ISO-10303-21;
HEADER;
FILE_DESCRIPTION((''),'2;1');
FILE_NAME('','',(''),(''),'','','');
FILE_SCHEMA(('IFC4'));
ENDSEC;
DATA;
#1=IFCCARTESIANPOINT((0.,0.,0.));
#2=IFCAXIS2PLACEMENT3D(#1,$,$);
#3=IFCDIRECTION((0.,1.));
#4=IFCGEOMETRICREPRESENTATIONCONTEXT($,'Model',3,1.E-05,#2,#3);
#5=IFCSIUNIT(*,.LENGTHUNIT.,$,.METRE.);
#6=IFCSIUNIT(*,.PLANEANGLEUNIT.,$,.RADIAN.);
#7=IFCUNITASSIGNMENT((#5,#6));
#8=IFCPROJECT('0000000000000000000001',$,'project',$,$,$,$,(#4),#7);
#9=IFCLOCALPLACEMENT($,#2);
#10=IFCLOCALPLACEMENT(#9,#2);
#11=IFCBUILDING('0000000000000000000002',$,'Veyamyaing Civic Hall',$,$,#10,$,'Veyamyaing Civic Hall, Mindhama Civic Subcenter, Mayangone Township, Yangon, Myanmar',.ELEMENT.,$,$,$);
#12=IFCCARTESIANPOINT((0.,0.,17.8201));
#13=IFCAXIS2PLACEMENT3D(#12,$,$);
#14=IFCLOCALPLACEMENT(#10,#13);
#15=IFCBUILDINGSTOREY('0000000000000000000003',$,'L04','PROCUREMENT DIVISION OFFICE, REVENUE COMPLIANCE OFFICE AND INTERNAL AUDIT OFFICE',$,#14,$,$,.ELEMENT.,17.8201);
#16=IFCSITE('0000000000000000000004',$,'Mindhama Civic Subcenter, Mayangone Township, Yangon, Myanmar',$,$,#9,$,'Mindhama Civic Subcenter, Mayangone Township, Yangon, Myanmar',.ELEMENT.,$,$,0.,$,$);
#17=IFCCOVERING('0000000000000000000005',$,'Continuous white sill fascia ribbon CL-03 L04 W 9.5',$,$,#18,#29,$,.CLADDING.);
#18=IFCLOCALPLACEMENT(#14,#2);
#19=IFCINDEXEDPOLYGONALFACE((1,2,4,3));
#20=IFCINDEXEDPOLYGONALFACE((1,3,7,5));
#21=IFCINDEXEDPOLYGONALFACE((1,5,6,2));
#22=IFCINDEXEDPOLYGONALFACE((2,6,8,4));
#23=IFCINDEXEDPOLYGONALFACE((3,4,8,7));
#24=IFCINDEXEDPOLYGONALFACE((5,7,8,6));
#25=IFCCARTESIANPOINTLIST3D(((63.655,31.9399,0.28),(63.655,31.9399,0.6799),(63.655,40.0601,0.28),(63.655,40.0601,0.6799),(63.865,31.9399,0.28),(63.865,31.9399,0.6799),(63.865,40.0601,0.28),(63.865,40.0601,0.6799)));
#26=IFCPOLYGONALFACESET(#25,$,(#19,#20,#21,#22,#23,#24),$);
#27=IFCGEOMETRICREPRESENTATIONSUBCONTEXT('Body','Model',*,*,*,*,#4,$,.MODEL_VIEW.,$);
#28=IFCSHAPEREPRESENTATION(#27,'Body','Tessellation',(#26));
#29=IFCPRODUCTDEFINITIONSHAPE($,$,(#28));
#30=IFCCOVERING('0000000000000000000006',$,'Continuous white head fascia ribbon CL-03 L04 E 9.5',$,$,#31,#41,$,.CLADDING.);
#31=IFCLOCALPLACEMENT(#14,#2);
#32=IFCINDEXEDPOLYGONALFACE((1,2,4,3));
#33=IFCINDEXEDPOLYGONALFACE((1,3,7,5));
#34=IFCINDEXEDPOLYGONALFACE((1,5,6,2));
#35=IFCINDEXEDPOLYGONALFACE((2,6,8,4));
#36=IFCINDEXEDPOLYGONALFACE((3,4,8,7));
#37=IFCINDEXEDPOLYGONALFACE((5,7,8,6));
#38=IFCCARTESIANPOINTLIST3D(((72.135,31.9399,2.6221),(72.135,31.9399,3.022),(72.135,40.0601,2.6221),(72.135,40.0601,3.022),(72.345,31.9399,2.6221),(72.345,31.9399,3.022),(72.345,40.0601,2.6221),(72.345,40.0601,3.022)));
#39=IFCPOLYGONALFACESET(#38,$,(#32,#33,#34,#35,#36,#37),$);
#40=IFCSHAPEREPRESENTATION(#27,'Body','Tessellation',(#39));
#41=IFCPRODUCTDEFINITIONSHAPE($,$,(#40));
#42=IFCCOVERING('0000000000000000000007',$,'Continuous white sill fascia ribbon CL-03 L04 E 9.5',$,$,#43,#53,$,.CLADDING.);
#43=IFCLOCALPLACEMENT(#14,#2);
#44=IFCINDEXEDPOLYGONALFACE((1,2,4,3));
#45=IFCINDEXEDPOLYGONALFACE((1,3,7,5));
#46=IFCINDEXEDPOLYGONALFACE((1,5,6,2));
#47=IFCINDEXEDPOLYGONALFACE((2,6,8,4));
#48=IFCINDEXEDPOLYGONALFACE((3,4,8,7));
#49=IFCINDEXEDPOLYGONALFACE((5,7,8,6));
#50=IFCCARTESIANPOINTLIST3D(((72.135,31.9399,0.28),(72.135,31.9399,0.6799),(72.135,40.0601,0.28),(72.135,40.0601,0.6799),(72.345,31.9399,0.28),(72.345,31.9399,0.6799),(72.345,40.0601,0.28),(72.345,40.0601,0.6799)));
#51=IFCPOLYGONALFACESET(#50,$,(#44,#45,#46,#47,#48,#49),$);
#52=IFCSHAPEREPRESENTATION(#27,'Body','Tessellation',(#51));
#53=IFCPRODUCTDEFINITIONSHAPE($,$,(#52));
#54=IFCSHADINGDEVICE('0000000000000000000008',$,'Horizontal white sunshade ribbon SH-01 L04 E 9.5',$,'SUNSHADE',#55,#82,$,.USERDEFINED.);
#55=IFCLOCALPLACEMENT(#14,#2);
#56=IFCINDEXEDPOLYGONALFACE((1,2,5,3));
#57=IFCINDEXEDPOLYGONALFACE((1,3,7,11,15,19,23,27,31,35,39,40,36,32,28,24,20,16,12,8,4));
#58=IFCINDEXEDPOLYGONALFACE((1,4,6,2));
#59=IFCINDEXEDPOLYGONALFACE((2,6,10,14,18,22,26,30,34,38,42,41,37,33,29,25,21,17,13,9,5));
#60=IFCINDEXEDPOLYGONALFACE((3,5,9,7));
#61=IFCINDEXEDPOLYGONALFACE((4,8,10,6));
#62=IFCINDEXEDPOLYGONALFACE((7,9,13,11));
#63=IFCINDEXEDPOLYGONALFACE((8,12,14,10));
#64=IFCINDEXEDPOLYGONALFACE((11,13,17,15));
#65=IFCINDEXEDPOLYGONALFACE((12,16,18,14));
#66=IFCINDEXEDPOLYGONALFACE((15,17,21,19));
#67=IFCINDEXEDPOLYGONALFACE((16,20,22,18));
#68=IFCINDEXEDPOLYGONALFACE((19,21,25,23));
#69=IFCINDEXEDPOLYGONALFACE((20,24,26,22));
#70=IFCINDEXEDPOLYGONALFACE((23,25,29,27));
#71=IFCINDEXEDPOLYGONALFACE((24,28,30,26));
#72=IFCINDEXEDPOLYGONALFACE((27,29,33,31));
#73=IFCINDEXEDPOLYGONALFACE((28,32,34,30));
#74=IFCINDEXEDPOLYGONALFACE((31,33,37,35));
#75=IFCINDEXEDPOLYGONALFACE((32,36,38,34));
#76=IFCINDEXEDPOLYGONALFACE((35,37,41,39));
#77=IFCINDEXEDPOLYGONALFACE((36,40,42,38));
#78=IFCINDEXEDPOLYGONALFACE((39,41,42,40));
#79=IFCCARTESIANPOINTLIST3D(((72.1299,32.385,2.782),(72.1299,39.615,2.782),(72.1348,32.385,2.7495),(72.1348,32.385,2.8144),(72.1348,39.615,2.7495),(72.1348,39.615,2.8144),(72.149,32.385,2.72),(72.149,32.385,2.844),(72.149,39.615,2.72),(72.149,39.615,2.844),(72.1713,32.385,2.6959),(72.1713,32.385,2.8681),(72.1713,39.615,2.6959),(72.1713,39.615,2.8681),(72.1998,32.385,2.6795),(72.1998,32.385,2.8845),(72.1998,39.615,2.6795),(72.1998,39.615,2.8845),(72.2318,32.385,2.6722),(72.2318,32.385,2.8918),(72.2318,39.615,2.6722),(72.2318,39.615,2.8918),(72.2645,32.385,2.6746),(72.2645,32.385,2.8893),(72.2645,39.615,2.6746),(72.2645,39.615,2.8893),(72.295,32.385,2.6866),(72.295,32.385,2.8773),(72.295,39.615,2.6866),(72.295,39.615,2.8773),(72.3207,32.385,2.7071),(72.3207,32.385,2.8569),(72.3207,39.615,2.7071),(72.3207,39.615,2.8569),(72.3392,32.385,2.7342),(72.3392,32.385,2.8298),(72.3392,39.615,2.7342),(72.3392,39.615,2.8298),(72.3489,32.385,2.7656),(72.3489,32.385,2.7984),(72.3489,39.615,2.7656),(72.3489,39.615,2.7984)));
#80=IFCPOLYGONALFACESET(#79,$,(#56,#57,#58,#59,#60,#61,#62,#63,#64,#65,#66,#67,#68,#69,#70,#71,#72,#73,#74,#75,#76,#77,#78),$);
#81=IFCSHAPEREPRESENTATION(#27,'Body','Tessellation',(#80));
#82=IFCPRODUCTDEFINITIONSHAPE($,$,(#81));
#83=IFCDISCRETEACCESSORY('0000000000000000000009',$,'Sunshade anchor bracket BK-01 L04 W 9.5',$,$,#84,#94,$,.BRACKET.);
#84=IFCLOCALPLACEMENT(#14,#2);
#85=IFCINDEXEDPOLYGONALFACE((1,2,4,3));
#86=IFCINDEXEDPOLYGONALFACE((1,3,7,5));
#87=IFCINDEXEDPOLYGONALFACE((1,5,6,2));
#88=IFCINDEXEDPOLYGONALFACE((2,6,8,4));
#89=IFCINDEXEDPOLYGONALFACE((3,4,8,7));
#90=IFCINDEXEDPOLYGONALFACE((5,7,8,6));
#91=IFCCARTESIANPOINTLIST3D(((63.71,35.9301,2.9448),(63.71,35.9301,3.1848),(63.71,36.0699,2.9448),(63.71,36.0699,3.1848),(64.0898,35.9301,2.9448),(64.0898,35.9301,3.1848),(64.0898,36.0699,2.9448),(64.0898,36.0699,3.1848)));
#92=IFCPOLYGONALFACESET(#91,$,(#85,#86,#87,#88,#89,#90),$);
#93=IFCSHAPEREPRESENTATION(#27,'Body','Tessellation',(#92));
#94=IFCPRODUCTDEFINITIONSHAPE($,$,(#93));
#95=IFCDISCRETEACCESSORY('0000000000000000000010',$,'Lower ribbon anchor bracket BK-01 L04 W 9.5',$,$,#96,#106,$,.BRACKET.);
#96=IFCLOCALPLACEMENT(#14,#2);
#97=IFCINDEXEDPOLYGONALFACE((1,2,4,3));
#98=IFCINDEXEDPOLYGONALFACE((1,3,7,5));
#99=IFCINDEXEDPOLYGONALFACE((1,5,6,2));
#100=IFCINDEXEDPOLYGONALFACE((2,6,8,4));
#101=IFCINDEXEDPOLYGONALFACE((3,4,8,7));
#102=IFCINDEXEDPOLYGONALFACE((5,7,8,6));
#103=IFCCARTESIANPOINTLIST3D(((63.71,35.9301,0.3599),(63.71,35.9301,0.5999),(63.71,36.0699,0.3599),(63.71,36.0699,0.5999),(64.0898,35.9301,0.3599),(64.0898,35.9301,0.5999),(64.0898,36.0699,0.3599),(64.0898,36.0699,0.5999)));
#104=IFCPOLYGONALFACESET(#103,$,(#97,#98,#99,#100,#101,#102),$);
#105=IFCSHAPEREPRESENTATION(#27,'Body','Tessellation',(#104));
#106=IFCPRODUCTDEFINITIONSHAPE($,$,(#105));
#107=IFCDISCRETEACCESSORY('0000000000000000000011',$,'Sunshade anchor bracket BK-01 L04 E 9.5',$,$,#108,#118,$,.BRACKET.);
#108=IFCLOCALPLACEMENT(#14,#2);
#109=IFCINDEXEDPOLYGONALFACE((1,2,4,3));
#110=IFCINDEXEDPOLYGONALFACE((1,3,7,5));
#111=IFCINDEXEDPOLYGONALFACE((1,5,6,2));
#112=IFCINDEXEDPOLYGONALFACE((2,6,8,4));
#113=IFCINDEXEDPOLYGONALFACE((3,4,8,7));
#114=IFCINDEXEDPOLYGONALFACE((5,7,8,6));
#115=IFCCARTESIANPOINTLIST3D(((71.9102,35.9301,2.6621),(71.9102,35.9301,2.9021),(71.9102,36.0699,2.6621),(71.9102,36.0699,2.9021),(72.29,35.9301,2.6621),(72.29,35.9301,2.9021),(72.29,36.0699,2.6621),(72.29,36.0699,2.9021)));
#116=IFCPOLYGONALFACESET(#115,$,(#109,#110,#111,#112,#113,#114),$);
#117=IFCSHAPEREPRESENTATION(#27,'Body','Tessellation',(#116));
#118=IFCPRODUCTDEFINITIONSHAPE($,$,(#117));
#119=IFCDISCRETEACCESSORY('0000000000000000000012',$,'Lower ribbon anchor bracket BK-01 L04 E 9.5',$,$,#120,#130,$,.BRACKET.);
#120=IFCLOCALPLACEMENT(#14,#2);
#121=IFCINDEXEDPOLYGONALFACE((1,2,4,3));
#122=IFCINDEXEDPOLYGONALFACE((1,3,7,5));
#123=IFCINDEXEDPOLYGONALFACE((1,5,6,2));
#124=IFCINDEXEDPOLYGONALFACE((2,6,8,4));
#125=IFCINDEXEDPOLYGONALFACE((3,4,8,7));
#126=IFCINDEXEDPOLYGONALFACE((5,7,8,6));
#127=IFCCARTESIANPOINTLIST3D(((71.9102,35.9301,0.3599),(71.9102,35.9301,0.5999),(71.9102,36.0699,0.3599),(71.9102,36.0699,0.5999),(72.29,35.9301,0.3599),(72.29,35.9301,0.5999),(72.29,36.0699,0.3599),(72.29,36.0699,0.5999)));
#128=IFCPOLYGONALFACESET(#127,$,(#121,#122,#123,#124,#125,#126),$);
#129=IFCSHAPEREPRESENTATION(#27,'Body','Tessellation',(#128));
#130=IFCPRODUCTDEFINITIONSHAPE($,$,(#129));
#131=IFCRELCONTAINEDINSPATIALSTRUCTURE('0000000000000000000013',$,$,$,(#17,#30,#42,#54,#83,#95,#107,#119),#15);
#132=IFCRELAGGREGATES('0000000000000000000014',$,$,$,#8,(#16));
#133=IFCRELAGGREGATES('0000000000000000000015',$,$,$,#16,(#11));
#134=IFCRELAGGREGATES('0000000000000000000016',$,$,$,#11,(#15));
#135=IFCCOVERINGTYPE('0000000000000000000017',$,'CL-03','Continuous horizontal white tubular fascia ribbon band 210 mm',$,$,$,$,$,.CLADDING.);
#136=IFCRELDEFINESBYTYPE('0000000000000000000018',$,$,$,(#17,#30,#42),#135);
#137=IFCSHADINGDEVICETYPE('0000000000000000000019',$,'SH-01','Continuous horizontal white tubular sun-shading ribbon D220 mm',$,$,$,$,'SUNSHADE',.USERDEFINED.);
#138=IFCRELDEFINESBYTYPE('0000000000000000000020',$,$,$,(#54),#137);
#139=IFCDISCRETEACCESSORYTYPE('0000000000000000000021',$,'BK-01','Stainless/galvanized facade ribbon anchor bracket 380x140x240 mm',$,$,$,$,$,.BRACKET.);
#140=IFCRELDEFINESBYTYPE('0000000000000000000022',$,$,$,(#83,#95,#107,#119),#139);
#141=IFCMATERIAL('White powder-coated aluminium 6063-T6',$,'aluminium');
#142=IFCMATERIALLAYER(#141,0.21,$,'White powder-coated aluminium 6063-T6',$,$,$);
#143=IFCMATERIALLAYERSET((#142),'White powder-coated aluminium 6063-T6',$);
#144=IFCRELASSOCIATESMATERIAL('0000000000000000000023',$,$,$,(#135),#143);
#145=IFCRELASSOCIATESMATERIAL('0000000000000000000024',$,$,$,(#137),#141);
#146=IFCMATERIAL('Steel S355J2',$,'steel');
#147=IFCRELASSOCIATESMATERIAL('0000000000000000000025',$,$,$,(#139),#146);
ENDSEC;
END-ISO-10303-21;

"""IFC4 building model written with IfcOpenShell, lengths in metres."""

from ifc_helpers import new_model, si_unit, direction, frame, origin, origin_2d, place, context, subcontext, project, spatial, rectangle, circle, extrude, material, layer, layer_set, material_profile, profile_set, type_object, element, save


model = new_model("IFC4")

# Units and contexts
model_context = context("Model", 3, precision=1e-05, world=origin(), true_north=direction((0.0, 1.0)))
body_context = subcontext(model_context, "Body", "Model", "MODEL_VIEW")
ifc_project = project(units=[si_unit("LENGTHUNIT", "METRE"), si_unit("PLANEANGLEUNIT", "RADIAN")], contexts=[model_context])

# Site, building, storey
site_placement = place(None, origin())
site = spatial("IfcSite", under=ifc_project, at=site_placement, Name="Mindhama Civic Subcenter, Mayangone Township, Yangon, Myanmar", LongName="Mindhama Civic Subcenter, Mayangone Township, Yangon, Myanmar", CompositionType="ELEMENT", RefElevation=0.0)
building_placement = place(site_placement, origin())
building = spatial("IfcBuilding", under=site, at=building_placement, Name="Veyamyaing Civic Hall", LongName="Veyamyaing Civic Hall, Mindhama Civic Subcenter, Mayangone Township, Yangon, Myanmar", CompositionType="ELEMENT")
storey_placement = place(building_placement, frame((0.0, 0.0, 17.8201)))
storey = spatial("IfcBuildingStorey", under=building, at=storey_placement, Name="L04", Description="PROCUREMENT DIVISION OFFICE, REVENUE COMPLIANCE OFFICE AND INTERNAL AUDIT OFFICE", CompositionType="ELEMENT", Elevation=17.8201)

# Shared definitions
ifc_material_1 = material(Name="Steel S355J2", Category="steel")

# Coverings
ifc_material_2 = material(Name="White powder-coated aluminium 6063-T6", Category="aluminium")
ifc_layer_1 = layer(ifc_material_2, 0.21, Name="White powder-coated aluminium 6063-T6")
ifc_layer_set_1 = layer_set([ifc_layer_1], Name="White powder-coated aluminium 6063-T6")
covering_type_1 = type_object("IfcCoveringType", Name="CL-03", Description="Continuous horizontal white tubular fascia ribbon band 210 mm", PredefinedType="CLADDING", material=ifc_layer_set_1)
for number, where, z_axis, x_axis, name in (
    (1, (63.76, 36.0, 0.28), (0.0, 0.0, 1.0), (0.0, 1.0, 0.0), "Continuous white sill fascia ribbon CL-03 L04 W 9.5"),
    (2, (72.24, 36.0, 2.6221), (0.0, 0.0, 1.0), (0.0, 1.0, 0.0), "Continuous white head fascia ribbon CL-03 L04 E 9.5"),
    (3, (72.24, 36.0, 0.28), (0.0, 0.0, 1.0), (0.0, 1.0, 0.0), "Continuous white sill fascia ribbon CL-03 L04 E 9.5"),
):
    element("IfcCovering", number, at=place(storey_placement, frame(where, z_axis=z_axis, x_axis=x_axis)), inside=storey, type_object=covering_type_1, Name=name, PredefinedType="CLADDING", context=body_context, shape_type="SweptSolid", body=[
        extrude(rectangle(XDim=8.1201, YDim=0.21, at=origin_2d()), origin(), (0.0, 0.0, 1.0), 0.3999),
    ])

# Shading device
ifc_material_profile_1 = material_profile(ifc_material_2, circle(Radius=0.1101, at=origin_2d()), Name="SHADE-TUBE-220")
ifc_profile_set_1 = profile_set([ifc_material_profile_1], Name="White powder-coated aluminium 6063-T6")
shading_device_type = type_object("IfcShadingDeviceType", Name="SH-01", Description="Continuous horizontal white tubular sun-shading ribbon D220 mm", ElementType="SUNSHADE", PredefinedType="USERDEFINED", material=ifc_profile_set_1)
shading_device_placement = place(storey_placement, frame((72.24, 32.385, 2.782), z_axis=(0.0, 1.0, 0.0), x_axis=(-1.0, 0.0, 0.0)))
element("IfcShadingDevice", 4, at=shading_device_placement, inside=storey, type_object=shading_device_type, Name="Horizontal white sunshade ribbon SH-01 L04 E 9.5", ObjectType="SUNSHADE", PredefinedType="USERDEFINED", context=body_context, shape_type="SweptSolid", body=[
    extrude(circle(Radius=0.1101, at=origin_2d()), origin(), (0.0, 0.0, 1.0), 7.23),
])

# Discrete accessories
discrete_accessory_type = type_object("IfcDiscreteAccessoryType", Name="BK-01", Description="Stainless/galvanized facade ribbon anchor bracket 380x140x240 mm", PredefinedType="BRACKET", material=ifc_material_1)
for number, where, z_axis, x_axis, name in (
    (5, (63.8999, 36.0, 2.9448), (0.0, 0.0, 1.0), (-1.0, 0.0, 0.0), "Sunshade anchor bracket BK-01 L04 W 9.5"),
    (6, (63.8999, 36.0, 0.3599), (0.0, 0.0, 1.0), (-1.0, 0.0, 0.0), "Lower ribbon anchor bracket BK-01 L04 W 9.5"),
    (7, (72.1001, 36.0, 2.6621), (0.0, 0.0, 1.0), (1.0, 0.0, 0.0), "Sunshade anchor bracket BK-01 L04 E 9.5"),
    (8, (72.1001, 36.0, 0.3599), (0.0, 0.0, 1.0), (1.0, 0.0, 0.0), "Lower ribbon anchor bracket BK-01 L04 E 9.5"),
):
    element("IfcDiscreteAccessory", number, at=place(storey_placement, frame(where, z_axis=z_axis, x_axis=x_axis)), inside=storey, type_object=discrete_accessory_type, Name=name, PredefinedType="BRACKET", context=body_context, shape_type="SweptSolid", body=[
        extrude(rectangle(XDim=0.3799, YDim=0.1399, at=origin_2d()), origin(), (0.0, 0.0, 1.0), 0.24),
    ])

save(model, "model.ifc")
